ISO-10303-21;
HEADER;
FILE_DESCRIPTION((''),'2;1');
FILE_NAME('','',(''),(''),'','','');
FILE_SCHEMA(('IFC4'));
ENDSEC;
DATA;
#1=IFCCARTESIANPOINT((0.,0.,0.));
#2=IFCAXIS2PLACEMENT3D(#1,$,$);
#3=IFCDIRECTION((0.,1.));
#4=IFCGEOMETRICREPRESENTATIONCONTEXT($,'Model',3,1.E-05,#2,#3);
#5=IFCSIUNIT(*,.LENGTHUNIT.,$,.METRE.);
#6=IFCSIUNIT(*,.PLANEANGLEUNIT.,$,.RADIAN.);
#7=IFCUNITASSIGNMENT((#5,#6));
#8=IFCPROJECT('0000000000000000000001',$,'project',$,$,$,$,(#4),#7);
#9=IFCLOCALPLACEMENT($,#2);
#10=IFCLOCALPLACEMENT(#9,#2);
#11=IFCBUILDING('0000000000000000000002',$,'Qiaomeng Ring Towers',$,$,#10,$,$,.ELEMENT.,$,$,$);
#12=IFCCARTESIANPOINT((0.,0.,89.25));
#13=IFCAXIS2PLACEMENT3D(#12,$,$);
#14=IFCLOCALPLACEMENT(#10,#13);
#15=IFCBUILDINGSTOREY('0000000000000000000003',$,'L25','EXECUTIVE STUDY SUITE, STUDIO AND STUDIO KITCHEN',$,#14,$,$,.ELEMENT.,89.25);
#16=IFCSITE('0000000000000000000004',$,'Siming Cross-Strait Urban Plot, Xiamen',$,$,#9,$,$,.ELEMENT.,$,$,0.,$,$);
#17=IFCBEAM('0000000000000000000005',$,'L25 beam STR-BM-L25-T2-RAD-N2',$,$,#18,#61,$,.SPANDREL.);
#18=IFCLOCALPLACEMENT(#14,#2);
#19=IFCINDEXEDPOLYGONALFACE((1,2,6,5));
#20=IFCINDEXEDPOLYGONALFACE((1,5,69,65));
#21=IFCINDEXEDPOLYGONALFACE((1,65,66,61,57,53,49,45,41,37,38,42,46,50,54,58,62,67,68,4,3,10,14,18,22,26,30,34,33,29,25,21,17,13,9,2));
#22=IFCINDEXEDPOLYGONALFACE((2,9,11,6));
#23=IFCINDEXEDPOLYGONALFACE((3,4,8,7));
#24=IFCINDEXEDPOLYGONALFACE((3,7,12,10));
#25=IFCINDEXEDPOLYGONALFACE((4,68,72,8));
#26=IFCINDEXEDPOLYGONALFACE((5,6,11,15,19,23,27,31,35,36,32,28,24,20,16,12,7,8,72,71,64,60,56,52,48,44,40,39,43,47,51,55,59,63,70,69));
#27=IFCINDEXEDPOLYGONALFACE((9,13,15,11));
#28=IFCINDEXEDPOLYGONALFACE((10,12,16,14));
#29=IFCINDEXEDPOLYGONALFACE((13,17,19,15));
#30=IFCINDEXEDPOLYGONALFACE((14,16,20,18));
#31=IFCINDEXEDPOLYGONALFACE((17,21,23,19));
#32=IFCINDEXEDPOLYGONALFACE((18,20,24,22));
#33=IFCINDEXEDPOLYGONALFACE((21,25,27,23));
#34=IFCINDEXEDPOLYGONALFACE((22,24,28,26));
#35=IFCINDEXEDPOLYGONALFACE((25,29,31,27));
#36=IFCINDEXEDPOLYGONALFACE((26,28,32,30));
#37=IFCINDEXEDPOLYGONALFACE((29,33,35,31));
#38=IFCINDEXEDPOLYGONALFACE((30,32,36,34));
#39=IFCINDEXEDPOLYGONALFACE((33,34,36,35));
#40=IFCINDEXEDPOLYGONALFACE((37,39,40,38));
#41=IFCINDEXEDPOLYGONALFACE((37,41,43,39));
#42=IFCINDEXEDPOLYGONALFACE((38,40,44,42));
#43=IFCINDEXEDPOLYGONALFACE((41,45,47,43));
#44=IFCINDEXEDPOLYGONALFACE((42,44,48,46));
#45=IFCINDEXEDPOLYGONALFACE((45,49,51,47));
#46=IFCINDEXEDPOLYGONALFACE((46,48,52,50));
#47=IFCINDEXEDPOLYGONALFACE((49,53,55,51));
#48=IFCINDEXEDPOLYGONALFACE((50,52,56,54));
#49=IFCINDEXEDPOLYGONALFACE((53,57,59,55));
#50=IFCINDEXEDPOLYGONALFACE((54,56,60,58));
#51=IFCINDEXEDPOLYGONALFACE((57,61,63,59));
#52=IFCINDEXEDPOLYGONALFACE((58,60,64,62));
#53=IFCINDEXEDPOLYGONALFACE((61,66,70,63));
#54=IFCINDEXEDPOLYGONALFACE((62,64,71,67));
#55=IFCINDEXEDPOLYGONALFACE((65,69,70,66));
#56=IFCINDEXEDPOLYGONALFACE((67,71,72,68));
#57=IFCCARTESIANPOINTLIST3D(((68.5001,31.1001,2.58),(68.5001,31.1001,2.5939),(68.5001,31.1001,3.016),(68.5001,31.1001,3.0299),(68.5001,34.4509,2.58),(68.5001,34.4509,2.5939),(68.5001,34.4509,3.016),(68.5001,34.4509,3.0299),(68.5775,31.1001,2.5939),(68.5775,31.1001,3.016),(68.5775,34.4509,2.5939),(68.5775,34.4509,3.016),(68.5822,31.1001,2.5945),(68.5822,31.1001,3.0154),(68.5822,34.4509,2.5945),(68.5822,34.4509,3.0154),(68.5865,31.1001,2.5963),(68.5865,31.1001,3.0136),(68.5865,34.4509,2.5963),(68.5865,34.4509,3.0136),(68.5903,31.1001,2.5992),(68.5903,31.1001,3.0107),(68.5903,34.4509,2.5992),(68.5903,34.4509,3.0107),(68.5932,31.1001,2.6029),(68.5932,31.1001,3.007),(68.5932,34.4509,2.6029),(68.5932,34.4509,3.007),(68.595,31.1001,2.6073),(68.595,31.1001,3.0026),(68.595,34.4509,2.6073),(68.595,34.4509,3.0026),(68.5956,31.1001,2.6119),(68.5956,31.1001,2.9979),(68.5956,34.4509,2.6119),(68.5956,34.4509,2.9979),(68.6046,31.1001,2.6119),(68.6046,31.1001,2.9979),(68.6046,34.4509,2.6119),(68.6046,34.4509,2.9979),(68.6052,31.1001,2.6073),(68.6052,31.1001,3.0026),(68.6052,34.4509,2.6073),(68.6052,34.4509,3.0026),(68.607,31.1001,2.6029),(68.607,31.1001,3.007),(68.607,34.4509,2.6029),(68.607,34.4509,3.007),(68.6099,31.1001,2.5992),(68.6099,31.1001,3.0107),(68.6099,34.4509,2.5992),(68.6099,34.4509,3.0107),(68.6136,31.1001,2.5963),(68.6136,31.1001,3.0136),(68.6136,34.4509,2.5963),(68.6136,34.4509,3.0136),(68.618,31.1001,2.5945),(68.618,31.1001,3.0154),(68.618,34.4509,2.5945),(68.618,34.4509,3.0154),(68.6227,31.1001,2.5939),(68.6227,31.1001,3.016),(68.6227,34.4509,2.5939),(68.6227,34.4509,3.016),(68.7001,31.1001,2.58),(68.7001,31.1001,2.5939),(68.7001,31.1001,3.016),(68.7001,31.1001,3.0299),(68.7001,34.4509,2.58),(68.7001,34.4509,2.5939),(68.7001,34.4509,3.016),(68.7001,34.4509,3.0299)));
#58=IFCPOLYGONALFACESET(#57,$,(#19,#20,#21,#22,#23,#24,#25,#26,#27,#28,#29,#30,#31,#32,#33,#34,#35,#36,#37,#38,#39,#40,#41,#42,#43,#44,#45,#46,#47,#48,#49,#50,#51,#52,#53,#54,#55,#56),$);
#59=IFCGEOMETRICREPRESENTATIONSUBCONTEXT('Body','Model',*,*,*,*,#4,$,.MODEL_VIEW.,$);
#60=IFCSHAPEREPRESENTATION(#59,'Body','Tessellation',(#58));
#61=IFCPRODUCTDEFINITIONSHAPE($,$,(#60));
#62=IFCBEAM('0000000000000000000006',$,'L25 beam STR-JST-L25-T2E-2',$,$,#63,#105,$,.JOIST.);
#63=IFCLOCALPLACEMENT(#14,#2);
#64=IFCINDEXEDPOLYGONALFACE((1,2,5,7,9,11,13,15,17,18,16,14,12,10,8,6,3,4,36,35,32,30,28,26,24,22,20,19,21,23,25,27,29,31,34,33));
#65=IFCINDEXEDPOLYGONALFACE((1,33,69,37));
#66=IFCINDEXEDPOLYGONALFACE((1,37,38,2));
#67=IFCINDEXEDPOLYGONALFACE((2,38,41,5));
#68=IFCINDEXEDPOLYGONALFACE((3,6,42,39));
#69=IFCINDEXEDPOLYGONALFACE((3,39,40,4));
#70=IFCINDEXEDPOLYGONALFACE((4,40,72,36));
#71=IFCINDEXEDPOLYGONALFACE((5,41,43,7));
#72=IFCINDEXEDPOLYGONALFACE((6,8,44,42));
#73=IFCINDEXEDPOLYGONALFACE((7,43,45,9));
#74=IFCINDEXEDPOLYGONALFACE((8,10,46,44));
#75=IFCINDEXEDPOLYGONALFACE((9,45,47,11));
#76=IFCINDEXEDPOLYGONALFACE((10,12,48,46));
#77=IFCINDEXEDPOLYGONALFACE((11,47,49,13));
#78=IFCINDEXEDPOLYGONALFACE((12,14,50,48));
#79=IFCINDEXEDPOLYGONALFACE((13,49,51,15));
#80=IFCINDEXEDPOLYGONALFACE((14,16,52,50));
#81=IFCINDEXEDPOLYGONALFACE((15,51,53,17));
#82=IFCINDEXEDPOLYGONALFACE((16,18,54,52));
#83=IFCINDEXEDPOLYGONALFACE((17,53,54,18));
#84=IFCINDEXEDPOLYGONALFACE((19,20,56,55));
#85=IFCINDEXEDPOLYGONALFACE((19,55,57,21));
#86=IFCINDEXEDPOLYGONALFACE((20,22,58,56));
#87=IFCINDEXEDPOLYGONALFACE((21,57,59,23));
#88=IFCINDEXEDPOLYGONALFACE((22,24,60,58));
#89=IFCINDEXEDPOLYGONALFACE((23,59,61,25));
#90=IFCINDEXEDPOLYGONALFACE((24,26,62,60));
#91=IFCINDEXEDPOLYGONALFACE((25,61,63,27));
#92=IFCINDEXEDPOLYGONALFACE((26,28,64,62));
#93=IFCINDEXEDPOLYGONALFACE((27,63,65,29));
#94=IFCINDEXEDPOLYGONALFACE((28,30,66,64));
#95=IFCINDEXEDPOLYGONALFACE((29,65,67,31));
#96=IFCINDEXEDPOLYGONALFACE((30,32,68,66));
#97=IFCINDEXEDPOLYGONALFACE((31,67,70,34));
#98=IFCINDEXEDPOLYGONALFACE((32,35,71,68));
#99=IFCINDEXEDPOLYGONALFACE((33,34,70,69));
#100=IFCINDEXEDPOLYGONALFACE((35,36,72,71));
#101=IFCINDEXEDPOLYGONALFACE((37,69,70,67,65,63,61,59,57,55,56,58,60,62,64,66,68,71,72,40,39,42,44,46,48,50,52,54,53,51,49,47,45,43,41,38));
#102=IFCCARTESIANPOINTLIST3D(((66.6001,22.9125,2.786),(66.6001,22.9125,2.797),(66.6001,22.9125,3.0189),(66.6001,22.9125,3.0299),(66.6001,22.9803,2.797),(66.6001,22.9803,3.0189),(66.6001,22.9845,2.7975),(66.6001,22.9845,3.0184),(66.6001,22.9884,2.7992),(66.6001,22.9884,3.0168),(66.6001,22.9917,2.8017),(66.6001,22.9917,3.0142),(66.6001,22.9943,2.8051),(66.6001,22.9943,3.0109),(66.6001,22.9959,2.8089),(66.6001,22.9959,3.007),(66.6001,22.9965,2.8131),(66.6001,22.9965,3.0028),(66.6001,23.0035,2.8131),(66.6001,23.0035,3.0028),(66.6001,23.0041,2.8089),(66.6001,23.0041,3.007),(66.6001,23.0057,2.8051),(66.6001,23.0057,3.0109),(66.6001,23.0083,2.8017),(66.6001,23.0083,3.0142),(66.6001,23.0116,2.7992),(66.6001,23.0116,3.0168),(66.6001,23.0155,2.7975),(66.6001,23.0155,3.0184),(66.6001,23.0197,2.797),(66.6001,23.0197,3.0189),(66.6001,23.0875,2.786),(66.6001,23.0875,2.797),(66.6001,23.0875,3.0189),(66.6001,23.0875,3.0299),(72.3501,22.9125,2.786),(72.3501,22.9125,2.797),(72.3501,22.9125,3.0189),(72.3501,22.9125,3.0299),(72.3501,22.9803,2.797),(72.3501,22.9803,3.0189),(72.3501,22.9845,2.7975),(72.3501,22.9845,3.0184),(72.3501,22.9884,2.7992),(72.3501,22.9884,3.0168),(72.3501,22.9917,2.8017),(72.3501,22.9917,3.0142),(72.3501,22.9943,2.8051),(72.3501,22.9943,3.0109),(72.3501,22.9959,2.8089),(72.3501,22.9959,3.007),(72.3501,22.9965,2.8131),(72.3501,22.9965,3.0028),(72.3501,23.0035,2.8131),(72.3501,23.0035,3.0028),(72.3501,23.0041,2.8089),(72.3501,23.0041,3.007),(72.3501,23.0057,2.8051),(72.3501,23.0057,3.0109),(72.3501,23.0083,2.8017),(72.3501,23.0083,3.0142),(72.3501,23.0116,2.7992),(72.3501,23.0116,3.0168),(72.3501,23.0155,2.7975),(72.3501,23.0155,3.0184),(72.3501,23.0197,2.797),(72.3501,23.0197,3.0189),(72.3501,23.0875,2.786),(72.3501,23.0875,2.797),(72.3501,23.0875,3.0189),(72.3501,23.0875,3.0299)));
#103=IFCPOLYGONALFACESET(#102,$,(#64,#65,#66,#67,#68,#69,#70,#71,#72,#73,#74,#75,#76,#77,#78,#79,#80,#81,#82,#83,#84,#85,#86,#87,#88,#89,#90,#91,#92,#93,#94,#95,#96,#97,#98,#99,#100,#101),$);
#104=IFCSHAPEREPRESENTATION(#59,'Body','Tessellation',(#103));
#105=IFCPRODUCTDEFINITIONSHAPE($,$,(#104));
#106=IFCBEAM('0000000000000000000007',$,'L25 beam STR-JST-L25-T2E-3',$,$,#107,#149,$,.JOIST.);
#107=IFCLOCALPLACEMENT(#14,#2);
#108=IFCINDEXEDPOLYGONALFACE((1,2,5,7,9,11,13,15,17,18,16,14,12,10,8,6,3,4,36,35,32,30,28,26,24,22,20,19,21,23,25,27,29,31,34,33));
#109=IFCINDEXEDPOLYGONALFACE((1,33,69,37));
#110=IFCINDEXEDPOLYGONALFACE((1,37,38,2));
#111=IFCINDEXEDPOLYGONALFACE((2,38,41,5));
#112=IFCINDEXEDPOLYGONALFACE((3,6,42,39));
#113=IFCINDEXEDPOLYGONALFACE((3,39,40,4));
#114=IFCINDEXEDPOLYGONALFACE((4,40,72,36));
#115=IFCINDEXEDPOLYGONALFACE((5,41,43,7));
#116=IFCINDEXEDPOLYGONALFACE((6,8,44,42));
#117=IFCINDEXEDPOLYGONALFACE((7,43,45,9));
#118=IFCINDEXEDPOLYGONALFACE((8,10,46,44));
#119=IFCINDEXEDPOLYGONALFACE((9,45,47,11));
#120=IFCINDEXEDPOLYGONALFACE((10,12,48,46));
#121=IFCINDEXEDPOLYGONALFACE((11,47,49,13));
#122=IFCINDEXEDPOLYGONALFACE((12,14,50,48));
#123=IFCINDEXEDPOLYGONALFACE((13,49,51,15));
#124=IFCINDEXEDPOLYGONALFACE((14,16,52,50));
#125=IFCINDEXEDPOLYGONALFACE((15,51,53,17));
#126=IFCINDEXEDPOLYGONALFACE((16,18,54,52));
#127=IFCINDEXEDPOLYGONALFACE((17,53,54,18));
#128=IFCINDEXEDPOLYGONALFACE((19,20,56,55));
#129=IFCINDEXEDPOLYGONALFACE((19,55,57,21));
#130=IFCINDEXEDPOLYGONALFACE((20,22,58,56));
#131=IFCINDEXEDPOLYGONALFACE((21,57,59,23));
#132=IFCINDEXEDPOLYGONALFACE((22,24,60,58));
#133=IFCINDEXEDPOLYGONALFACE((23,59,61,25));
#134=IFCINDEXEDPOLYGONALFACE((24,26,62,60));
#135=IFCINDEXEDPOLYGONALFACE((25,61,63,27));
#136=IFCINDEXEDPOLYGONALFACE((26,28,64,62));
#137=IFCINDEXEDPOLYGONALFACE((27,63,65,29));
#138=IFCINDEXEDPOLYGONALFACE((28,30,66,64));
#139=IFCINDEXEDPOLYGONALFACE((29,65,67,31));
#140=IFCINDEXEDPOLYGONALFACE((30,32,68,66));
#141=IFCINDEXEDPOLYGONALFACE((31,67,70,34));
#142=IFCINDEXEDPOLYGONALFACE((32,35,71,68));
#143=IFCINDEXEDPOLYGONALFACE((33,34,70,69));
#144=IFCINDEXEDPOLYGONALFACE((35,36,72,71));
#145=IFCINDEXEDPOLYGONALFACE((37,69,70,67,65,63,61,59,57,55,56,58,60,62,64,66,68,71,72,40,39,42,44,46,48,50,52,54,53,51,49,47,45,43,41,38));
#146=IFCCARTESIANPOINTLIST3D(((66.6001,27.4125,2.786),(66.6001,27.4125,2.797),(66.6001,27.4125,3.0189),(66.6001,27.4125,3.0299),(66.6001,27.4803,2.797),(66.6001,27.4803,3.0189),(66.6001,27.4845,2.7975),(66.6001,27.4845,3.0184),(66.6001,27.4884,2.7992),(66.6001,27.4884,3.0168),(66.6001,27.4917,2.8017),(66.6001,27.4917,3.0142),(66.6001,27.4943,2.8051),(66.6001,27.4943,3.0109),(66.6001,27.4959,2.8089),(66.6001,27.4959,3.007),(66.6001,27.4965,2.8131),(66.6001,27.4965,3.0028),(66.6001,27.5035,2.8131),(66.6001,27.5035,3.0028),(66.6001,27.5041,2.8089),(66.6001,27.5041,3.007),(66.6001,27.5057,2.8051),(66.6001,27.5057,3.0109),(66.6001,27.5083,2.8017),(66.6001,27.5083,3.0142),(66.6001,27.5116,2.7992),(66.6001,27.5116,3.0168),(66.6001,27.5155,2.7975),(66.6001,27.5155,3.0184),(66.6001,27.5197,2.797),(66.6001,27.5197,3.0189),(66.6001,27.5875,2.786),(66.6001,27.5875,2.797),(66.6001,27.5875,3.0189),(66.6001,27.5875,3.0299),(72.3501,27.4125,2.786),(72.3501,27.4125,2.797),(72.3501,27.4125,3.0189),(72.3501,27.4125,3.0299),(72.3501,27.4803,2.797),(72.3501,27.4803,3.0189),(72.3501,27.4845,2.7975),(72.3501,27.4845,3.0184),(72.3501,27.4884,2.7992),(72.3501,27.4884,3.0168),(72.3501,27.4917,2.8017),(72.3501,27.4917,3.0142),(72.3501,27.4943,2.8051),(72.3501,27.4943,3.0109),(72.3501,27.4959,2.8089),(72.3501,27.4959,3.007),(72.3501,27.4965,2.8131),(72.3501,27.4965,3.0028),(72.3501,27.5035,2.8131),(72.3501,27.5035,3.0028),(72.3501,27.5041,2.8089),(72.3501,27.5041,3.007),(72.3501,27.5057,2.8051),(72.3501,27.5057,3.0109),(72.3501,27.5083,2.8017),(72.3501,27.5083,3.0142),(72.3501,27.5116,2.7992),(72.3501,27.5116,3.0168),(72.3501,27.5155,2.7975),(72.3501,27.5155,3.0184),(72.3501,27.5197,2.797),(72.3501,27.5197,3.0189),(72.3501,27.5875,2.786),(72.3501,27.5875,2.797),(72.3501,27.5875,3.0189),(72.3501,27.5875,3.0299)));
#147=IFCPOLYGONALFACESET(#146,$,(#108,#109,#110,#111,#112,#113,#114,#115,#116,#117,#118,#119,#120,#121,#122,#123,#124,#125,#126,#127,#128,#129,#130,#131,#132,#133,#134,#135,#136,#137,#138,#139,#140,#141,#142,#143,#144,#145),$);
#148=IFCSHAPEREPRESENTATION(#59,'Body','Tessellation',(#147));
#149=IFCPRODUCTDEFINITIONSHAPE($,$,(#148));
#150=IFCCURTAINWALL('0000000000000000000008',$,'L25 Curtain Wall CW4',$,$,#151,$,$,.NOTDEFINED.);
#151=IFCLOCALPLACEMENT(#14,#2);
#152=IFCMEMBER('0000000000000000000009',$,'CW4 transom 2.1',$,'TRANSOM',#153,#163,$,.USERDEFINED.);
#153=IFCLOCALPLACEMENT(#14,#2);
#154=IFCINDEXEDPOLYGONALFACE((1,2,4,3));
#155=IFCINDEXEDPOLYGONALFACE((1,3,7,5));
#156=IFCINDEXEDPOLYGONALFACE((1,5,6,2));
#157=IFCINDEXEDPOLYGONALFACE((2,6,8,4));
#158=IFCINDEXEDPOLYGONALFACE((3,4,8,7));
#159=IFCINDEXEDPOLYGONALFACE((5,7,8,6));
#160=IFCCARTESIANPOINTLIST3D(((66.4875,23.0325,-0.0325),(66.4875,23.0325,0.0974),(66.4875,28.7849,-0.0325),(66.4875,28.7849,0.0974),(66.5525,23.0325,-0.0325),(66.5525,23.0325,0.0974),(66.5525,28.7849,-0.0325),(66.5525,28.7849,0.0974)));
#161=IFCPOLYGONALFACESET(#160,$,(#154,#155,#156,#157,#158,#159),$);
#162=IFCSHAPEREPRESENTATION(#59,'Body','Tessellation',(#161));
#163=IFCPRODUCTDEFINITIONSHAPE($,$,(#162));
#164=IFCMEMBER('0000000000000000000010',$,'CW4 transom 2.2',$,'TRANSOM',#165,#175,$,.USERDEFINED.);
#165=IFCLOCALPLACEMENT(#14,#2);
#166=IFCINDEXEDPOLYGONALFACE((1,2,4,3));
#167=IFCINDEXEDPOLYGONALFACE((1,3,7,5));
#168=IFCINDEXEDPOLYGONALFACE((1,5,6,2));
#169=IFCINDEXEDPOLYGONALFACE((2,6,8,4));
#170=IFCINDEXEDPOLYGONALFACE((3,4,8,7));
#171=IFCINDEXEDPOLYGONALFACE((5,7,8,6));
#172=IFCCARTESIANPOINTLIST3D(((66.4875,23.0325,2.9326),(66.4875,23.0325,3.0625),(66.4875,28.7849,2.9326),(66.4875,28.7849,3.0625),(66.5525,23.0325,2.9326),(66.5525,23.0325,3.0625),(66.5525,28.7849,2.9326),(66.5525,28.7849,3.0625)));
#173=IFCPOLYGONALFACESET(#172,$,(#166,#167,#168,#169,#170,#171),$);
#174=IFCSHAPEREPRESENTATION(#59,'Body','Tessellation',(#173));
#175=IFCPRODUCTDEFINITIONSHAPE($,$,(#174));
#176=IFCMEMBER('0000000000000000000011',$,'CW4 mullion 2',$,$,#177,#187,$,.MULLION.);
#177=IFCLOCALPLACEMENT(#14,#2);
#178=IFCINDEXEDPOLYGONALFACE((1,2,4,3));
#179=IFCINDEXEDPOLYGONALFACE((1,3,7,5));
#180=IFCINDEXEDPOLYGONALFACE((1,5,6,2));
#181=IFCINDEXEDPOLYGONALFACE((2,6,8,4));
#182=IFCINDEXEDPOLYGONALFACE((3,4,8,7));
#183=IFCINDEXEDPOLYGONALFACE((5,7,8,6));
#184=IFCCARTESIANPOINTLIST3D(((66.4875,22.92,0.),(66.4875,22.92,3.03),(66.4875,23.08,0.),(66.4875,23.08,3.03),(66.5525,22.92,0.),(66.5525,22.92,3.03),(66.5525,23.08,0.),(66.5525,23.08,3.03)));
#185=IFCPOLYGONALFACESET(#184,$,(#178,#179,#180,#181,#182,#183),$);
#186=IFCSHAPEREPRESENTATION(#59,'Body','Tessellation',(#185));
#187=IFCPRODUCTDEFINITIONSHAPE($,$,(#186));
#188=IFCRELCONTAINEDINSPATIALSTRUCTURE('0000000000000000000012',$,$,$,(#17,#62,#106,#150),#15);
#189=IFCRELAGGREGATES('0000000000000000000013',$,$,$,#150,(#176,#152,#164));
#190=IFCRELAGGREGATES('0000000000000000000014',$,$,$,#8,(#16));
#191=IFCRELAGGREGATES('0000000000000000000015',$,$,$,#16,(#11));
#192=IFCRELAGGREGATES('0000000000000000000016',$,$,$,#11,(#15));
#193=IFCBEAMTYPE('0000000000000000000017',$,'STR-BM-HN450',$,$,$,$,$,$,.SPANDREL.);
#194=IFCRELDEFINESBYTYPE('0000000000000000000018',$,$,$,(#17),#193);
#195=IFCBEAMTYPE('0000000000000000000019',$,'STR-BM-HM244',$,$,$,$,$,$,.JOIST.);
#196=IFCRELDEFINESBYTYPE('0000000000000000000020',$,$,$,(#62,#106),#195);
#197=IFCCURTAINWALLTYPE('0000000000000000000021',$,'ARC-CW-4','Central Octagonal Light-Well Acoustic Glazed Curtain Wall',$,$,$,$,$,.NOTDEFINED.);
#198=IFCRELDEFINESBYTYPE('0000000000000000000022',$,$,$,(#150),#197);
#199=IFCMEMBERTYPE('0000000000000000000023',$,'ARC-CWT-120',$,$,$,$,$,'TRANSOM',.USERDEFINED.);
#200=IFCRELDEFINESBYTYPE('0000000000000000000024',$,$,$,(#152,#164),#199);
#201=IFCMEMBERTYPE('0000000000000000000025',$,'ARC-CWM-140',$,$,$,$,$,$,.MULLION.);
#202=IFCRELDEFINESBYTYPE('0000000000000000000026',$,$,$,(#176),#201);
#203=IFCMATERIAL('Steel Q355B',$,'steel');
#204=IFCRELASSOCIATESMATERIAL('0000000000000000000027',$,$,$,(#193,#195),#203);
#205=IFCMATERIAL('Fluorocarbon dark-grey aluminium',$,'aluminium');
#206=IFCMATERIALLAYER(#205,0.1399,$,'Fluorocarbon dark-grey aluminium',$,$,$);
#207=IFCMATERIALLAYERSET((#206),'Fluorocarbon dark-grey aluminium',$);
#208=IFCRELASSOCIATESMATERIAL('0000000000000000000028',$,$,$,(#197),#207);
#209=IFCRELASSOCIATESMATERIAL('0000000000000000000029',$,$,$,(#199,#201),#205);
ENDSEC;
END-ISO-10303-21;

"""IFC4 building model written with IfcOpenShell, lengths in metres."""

from ifc_helpers import new_model, si_unit, direction, frame, origin, origin_2d, place, context, subcontext, project, spatial, rectangle, i_section, extrude, source, transform, mapped, material, layer, layer_set, material_profile, profile_set, type_object, element, aggregate, save


model = new_model("IFC4")

# Units and contexts
model_context = context("Model", 3, precision=1e-05, world=origin(), true_north=direction((0.0, 1.0)))
body_context = subcontext(model_context, "Body", "Model", "MODEL_VIEW")
ifc_project = project(units=[si_unit("LENGTHUNIT", "METRE"), si_unit("PLANEANGLEUNIT", "RADIAN")], contexts=[model_context])

# Site, building, storey
site_placement = place(None, origin())
site = spatial("IfcSite", under=ifc_project, at=site_placement, Name="Siming Cross-Strait Urban Plot, Xiamen", CompositionType="ELEMENT", RefElevation=0.0)
building_placement = place(site_placement, origin())
building = spatial("IfcBuilding", under=site, at=building_placement, Name="Qiaomeng Ring Towers", CompositionType="ELEMENT")
storey_placement = place(building_placement, frame((0.0, 0.0, 89.25)))
storey = spatial("IfcBuildingStorey", under=building, at=storey_placement, Name="L25", Description="EXECUTIVE STUDY SUITE, STUDIO AND STUDIO KITCHEN", CompositionType="ELEMENT", Elevation=89.25)

# Beams
ifc_material_1 = material(Name="Steel Q355B", Category="steel")
ifc_material_profile_1 = material_profile(ifc_material_1, i_section(OverallWidth=0.2, OverallDepth=0.45, WebThickness=0.009, FlangeThickness=0.0139, FilletRadius=0.0181, at=origin_2d()), Name="HN 450x200x9x14")
ifc_profile_set_1 = profile_set([ifc_material_profile_1], Name="Steel Q355B")
beam_type_1 = type_object("IfcBeamType", Name="STR-BM-HN450", PredefinedType="SPANDREL", material=ifc_profile_set_1)
shared_shape_1 = source(origin(), body_context, "Body", "SweptSolid", [
    extrude(i_section(OverallWidth=0.2, OverallDepth=0.45, WebThickness=0.009, FlangeThickness=0.0139, FilletRadius=0.0181, at=origin_2d()), origin(), (0.0, 0.0, 1.0), 3.3508),
])
beam_1_placement = place(storey_placement, frame((68.6001, 34.4509, 2.8049), z_axis=(0.0, -1.0, 0.0), x_axis=(1.0, 0.0, 0.0)))
element("IfcBeam", 1, at=beam_1_placement, inside=storey, type_object=beam_type_1, Name="L25 beam STR-BM-L25-T2-RAD-N2", PredefinedType="SPANDREL", context=body_context, shape_type="MappedRepresentation", body=[
    mapped(shared_shape_1, transform((0.0, 0.0, 0.0), x_axis=(1.0, 0.0, 0.0), y_axis=(0.0, 1.0, 0.0), z_axis=(0.0, 0.0, 1.0), scale=1.0)),
])
ifc_material_profile_2 = material_profile(ifc_material_1, i_section(OverallWidth=0.175, OverallDepth=0.2439, WebThickness=0.0071, FlangeThickness=0.011, FilletRadius=0.0161, at=origin_2d()), Name="HM 244x175x7x11")
ifc_profile_set_2 = profile_set([ifc_material_profile_2], Name="Steel Q355B")
beam_type_2 = type_object("IfcBeamType", Name="STR-BM-HM244", PredefinedType="JOIST", material=ifc_profile_set_2)
shared_shape_2 = source(origin(), body_context, "Body", "SweptSolid", [
    extrude(i_section(OverallWidth=0.175, OverallDepth=0.2439, WebThickness=0.0071, FlangeThickness=0.011, FilletRadius=0.0161, at=origin_2d()), origin(), (0.0, 0.0, 1.0), 5.75),
])
for number, where, z_axis, x_axis, name in (
    (2, (66.6001, 23.0, 2.908), (1.0, 0.0, 0.0), (0.0, 1.0, 0.0), "L25 beam STR-JST-L25-T2E-2"),
    (3, (66.6001, 27.5, 2.908), (1.0, 0.0, 0.0), (0.0, 1.0, 0.0), "L25 beam STR-JST-L25-T2E-3"),
):
    element("IfcBeam", number, at=place(storey_placement, frame(where, z_axis=z_axis, x_axis=x_axis)), inside=storey, type_object=beam_type_2, Name=name, PredefinedType="JOIST", context=body_context, shape_type="MappedRepresentation", body=[
        mapped(shared_shape_2, transform((0.0, 0.0, 0.0), x_axis=(1.0, 0.0, 0.0), y_axis=(0.0, 1.0, 0.0), z_axis=(0.0, 0.0, 1.0), scale=1.0)),
    ])

# Curtain wall, members
ifc_material_2 = material(Name="Fluorocarbon dark-grey aluminium", Category="aluminium")
ifc_layer_1 = layer(ifc_material_2, 0.1399, Name="Fluorocarbon dark-grey aluminium")
ifc_layer_set_1 = layer_set([ifc_layer_1], Name="Fluorocarbon dark-grey aluminium")
curtain_wall_type_1 = type_object("IfcCurtainWallType", Name="ARC-CW-4", Description="Central Octagonal Light-Well Acoustic Glazed Curtain Wall", PredefinedType="NOTDEFINED", material=ifc_layer_set_1)
curtain_wall_1_placement = place(storey_placement, origin())
curtain_wall_1 = element("IfcCurtainWall", 4, at=curtain_wall_1_placement, inside=storey, type_object=curtain_wall_type_1, Name="L25 Curtain Wall CW4", PredefinedType="NOTDEFINED")
ifc_material_profile_3 = material_profile(ifc_material_2, rectangle(XDim=0.0649, YDim=0.1299, at=origin_2d()), Name="ALU TRAN 65x130")
ifc_profile_set_3 = profile_set([ifc_material_profile_3], Name="Fluorocarbon dark-grey aluminium")
member_type_1 = type_object("IfcMemberType", Name="ARC-CWT-120", ElementType="TRANSOM", PredefinedType="USERDEFINED", material=ifc_profile_set_3)
shared_shape_3 = source(origin(), body_context, "Body", "SweptSolid", [
    extrude(rectangle(XDim=0.0649, YDim=0.1299, at=origin_2d()), origin(), (0.0, 0.0, 1.0), 5.7524),
])
member_1_placement = place(storey_placement, frame((66.52, 23.0325, 0.0325), z_axis=(0.0, 1.0, 0.0), x_axis=(-1.0, 0.0, 0.0)))
member_1 = element("IfcMember", 5, at=member_1_placement, type_object=member_type_1, Name="CW4 transom 2.1", ObjectType="TRANSOM", PredefinedType="USERDEFINED", context=body_context, shape_type="MappedRepresentation", body=[
    mapped(shared_shape_3, transform((0.0, 0.0, 0.0), x_axis=(1.0, 0.0, 0.0), y_axis=(0.0, 1.0, 0.0), z_axis=(0.0, 0.0, 1.0), scale=1.0)),
])
member_2_placement = place(storey_placement, frame((66.52, 23.0325, 2.9976), z_axis=(0.0, 1.0, 0.0), x_axis=(-1.0, 0.0, 0.0)))
member_2 = element("IfcMember", 6, at=member_2_placement, type_object=member_type_1, Name="CW4 transom 2.2", ObjectType="TRANSOM", PredefinedType="USERDEFINED", context=body_context, shape_type="MappedRepresentation", body=[
    mapped(shared_shape_3, transform((0.0, 0.0, 0.0), x_axis=(1.0, 0.0, 0.0), y_axis=(0.0, 1.0, 0.0), z_axis=(0.0, 0.0, 1.0), scale=1.0)),
])
ifc_material_profile_4 = material_profile(ifc_material_2, rectangle(XDim=0.0649, YDim=0.1599, at=origin_2d()), Name="ALU MULL 65x160")
ifc_profile_set_4 = profile_set([ifc_material_profile_4], Name="Fluorocarbon dark-grey aluminium")
member_type_2 = type_object("IfcMemberType", Name="ARC-CWM-140", PredefinedType="MULLION", material=ifc_profile_set_4)
shared_shape_4 = source(origin(), body_context, "Body", "SweptSolid", [
    extrude(rectangle(XDim=0.0649, YDim=0.1599, at=origin_2d()), origin(), (0.0, 0.0, 1.0), 3.03),
])
member_3_placement = place(storey_placement, frame((66.52, 23.0, 0.0), z_axis=(0.0, 0.0, 1.0), x_axis=(-1.0, 0.0, 0.0)))
member_3 = element("IfcMember", 7, at=member_3_placement, type_object=member_type_2, Name="CW4 mullion 2", PredefinedType="MULLION", context=body_context, shape_type="MappedRepresentation", body=[
    mapped(shared_shape_4, transform((0.0, 0.0, 0.0), x_axis=(1.0, 0.0, 0.0), y_axis=(0.0, 1.0, 0.0), z_axis=(0.0, 0.0, 1.0), scale=1.0)),
])

aggregate(curtain_wall_1, [member_3, member_1, member_2])

save(model, "model.ifc")
